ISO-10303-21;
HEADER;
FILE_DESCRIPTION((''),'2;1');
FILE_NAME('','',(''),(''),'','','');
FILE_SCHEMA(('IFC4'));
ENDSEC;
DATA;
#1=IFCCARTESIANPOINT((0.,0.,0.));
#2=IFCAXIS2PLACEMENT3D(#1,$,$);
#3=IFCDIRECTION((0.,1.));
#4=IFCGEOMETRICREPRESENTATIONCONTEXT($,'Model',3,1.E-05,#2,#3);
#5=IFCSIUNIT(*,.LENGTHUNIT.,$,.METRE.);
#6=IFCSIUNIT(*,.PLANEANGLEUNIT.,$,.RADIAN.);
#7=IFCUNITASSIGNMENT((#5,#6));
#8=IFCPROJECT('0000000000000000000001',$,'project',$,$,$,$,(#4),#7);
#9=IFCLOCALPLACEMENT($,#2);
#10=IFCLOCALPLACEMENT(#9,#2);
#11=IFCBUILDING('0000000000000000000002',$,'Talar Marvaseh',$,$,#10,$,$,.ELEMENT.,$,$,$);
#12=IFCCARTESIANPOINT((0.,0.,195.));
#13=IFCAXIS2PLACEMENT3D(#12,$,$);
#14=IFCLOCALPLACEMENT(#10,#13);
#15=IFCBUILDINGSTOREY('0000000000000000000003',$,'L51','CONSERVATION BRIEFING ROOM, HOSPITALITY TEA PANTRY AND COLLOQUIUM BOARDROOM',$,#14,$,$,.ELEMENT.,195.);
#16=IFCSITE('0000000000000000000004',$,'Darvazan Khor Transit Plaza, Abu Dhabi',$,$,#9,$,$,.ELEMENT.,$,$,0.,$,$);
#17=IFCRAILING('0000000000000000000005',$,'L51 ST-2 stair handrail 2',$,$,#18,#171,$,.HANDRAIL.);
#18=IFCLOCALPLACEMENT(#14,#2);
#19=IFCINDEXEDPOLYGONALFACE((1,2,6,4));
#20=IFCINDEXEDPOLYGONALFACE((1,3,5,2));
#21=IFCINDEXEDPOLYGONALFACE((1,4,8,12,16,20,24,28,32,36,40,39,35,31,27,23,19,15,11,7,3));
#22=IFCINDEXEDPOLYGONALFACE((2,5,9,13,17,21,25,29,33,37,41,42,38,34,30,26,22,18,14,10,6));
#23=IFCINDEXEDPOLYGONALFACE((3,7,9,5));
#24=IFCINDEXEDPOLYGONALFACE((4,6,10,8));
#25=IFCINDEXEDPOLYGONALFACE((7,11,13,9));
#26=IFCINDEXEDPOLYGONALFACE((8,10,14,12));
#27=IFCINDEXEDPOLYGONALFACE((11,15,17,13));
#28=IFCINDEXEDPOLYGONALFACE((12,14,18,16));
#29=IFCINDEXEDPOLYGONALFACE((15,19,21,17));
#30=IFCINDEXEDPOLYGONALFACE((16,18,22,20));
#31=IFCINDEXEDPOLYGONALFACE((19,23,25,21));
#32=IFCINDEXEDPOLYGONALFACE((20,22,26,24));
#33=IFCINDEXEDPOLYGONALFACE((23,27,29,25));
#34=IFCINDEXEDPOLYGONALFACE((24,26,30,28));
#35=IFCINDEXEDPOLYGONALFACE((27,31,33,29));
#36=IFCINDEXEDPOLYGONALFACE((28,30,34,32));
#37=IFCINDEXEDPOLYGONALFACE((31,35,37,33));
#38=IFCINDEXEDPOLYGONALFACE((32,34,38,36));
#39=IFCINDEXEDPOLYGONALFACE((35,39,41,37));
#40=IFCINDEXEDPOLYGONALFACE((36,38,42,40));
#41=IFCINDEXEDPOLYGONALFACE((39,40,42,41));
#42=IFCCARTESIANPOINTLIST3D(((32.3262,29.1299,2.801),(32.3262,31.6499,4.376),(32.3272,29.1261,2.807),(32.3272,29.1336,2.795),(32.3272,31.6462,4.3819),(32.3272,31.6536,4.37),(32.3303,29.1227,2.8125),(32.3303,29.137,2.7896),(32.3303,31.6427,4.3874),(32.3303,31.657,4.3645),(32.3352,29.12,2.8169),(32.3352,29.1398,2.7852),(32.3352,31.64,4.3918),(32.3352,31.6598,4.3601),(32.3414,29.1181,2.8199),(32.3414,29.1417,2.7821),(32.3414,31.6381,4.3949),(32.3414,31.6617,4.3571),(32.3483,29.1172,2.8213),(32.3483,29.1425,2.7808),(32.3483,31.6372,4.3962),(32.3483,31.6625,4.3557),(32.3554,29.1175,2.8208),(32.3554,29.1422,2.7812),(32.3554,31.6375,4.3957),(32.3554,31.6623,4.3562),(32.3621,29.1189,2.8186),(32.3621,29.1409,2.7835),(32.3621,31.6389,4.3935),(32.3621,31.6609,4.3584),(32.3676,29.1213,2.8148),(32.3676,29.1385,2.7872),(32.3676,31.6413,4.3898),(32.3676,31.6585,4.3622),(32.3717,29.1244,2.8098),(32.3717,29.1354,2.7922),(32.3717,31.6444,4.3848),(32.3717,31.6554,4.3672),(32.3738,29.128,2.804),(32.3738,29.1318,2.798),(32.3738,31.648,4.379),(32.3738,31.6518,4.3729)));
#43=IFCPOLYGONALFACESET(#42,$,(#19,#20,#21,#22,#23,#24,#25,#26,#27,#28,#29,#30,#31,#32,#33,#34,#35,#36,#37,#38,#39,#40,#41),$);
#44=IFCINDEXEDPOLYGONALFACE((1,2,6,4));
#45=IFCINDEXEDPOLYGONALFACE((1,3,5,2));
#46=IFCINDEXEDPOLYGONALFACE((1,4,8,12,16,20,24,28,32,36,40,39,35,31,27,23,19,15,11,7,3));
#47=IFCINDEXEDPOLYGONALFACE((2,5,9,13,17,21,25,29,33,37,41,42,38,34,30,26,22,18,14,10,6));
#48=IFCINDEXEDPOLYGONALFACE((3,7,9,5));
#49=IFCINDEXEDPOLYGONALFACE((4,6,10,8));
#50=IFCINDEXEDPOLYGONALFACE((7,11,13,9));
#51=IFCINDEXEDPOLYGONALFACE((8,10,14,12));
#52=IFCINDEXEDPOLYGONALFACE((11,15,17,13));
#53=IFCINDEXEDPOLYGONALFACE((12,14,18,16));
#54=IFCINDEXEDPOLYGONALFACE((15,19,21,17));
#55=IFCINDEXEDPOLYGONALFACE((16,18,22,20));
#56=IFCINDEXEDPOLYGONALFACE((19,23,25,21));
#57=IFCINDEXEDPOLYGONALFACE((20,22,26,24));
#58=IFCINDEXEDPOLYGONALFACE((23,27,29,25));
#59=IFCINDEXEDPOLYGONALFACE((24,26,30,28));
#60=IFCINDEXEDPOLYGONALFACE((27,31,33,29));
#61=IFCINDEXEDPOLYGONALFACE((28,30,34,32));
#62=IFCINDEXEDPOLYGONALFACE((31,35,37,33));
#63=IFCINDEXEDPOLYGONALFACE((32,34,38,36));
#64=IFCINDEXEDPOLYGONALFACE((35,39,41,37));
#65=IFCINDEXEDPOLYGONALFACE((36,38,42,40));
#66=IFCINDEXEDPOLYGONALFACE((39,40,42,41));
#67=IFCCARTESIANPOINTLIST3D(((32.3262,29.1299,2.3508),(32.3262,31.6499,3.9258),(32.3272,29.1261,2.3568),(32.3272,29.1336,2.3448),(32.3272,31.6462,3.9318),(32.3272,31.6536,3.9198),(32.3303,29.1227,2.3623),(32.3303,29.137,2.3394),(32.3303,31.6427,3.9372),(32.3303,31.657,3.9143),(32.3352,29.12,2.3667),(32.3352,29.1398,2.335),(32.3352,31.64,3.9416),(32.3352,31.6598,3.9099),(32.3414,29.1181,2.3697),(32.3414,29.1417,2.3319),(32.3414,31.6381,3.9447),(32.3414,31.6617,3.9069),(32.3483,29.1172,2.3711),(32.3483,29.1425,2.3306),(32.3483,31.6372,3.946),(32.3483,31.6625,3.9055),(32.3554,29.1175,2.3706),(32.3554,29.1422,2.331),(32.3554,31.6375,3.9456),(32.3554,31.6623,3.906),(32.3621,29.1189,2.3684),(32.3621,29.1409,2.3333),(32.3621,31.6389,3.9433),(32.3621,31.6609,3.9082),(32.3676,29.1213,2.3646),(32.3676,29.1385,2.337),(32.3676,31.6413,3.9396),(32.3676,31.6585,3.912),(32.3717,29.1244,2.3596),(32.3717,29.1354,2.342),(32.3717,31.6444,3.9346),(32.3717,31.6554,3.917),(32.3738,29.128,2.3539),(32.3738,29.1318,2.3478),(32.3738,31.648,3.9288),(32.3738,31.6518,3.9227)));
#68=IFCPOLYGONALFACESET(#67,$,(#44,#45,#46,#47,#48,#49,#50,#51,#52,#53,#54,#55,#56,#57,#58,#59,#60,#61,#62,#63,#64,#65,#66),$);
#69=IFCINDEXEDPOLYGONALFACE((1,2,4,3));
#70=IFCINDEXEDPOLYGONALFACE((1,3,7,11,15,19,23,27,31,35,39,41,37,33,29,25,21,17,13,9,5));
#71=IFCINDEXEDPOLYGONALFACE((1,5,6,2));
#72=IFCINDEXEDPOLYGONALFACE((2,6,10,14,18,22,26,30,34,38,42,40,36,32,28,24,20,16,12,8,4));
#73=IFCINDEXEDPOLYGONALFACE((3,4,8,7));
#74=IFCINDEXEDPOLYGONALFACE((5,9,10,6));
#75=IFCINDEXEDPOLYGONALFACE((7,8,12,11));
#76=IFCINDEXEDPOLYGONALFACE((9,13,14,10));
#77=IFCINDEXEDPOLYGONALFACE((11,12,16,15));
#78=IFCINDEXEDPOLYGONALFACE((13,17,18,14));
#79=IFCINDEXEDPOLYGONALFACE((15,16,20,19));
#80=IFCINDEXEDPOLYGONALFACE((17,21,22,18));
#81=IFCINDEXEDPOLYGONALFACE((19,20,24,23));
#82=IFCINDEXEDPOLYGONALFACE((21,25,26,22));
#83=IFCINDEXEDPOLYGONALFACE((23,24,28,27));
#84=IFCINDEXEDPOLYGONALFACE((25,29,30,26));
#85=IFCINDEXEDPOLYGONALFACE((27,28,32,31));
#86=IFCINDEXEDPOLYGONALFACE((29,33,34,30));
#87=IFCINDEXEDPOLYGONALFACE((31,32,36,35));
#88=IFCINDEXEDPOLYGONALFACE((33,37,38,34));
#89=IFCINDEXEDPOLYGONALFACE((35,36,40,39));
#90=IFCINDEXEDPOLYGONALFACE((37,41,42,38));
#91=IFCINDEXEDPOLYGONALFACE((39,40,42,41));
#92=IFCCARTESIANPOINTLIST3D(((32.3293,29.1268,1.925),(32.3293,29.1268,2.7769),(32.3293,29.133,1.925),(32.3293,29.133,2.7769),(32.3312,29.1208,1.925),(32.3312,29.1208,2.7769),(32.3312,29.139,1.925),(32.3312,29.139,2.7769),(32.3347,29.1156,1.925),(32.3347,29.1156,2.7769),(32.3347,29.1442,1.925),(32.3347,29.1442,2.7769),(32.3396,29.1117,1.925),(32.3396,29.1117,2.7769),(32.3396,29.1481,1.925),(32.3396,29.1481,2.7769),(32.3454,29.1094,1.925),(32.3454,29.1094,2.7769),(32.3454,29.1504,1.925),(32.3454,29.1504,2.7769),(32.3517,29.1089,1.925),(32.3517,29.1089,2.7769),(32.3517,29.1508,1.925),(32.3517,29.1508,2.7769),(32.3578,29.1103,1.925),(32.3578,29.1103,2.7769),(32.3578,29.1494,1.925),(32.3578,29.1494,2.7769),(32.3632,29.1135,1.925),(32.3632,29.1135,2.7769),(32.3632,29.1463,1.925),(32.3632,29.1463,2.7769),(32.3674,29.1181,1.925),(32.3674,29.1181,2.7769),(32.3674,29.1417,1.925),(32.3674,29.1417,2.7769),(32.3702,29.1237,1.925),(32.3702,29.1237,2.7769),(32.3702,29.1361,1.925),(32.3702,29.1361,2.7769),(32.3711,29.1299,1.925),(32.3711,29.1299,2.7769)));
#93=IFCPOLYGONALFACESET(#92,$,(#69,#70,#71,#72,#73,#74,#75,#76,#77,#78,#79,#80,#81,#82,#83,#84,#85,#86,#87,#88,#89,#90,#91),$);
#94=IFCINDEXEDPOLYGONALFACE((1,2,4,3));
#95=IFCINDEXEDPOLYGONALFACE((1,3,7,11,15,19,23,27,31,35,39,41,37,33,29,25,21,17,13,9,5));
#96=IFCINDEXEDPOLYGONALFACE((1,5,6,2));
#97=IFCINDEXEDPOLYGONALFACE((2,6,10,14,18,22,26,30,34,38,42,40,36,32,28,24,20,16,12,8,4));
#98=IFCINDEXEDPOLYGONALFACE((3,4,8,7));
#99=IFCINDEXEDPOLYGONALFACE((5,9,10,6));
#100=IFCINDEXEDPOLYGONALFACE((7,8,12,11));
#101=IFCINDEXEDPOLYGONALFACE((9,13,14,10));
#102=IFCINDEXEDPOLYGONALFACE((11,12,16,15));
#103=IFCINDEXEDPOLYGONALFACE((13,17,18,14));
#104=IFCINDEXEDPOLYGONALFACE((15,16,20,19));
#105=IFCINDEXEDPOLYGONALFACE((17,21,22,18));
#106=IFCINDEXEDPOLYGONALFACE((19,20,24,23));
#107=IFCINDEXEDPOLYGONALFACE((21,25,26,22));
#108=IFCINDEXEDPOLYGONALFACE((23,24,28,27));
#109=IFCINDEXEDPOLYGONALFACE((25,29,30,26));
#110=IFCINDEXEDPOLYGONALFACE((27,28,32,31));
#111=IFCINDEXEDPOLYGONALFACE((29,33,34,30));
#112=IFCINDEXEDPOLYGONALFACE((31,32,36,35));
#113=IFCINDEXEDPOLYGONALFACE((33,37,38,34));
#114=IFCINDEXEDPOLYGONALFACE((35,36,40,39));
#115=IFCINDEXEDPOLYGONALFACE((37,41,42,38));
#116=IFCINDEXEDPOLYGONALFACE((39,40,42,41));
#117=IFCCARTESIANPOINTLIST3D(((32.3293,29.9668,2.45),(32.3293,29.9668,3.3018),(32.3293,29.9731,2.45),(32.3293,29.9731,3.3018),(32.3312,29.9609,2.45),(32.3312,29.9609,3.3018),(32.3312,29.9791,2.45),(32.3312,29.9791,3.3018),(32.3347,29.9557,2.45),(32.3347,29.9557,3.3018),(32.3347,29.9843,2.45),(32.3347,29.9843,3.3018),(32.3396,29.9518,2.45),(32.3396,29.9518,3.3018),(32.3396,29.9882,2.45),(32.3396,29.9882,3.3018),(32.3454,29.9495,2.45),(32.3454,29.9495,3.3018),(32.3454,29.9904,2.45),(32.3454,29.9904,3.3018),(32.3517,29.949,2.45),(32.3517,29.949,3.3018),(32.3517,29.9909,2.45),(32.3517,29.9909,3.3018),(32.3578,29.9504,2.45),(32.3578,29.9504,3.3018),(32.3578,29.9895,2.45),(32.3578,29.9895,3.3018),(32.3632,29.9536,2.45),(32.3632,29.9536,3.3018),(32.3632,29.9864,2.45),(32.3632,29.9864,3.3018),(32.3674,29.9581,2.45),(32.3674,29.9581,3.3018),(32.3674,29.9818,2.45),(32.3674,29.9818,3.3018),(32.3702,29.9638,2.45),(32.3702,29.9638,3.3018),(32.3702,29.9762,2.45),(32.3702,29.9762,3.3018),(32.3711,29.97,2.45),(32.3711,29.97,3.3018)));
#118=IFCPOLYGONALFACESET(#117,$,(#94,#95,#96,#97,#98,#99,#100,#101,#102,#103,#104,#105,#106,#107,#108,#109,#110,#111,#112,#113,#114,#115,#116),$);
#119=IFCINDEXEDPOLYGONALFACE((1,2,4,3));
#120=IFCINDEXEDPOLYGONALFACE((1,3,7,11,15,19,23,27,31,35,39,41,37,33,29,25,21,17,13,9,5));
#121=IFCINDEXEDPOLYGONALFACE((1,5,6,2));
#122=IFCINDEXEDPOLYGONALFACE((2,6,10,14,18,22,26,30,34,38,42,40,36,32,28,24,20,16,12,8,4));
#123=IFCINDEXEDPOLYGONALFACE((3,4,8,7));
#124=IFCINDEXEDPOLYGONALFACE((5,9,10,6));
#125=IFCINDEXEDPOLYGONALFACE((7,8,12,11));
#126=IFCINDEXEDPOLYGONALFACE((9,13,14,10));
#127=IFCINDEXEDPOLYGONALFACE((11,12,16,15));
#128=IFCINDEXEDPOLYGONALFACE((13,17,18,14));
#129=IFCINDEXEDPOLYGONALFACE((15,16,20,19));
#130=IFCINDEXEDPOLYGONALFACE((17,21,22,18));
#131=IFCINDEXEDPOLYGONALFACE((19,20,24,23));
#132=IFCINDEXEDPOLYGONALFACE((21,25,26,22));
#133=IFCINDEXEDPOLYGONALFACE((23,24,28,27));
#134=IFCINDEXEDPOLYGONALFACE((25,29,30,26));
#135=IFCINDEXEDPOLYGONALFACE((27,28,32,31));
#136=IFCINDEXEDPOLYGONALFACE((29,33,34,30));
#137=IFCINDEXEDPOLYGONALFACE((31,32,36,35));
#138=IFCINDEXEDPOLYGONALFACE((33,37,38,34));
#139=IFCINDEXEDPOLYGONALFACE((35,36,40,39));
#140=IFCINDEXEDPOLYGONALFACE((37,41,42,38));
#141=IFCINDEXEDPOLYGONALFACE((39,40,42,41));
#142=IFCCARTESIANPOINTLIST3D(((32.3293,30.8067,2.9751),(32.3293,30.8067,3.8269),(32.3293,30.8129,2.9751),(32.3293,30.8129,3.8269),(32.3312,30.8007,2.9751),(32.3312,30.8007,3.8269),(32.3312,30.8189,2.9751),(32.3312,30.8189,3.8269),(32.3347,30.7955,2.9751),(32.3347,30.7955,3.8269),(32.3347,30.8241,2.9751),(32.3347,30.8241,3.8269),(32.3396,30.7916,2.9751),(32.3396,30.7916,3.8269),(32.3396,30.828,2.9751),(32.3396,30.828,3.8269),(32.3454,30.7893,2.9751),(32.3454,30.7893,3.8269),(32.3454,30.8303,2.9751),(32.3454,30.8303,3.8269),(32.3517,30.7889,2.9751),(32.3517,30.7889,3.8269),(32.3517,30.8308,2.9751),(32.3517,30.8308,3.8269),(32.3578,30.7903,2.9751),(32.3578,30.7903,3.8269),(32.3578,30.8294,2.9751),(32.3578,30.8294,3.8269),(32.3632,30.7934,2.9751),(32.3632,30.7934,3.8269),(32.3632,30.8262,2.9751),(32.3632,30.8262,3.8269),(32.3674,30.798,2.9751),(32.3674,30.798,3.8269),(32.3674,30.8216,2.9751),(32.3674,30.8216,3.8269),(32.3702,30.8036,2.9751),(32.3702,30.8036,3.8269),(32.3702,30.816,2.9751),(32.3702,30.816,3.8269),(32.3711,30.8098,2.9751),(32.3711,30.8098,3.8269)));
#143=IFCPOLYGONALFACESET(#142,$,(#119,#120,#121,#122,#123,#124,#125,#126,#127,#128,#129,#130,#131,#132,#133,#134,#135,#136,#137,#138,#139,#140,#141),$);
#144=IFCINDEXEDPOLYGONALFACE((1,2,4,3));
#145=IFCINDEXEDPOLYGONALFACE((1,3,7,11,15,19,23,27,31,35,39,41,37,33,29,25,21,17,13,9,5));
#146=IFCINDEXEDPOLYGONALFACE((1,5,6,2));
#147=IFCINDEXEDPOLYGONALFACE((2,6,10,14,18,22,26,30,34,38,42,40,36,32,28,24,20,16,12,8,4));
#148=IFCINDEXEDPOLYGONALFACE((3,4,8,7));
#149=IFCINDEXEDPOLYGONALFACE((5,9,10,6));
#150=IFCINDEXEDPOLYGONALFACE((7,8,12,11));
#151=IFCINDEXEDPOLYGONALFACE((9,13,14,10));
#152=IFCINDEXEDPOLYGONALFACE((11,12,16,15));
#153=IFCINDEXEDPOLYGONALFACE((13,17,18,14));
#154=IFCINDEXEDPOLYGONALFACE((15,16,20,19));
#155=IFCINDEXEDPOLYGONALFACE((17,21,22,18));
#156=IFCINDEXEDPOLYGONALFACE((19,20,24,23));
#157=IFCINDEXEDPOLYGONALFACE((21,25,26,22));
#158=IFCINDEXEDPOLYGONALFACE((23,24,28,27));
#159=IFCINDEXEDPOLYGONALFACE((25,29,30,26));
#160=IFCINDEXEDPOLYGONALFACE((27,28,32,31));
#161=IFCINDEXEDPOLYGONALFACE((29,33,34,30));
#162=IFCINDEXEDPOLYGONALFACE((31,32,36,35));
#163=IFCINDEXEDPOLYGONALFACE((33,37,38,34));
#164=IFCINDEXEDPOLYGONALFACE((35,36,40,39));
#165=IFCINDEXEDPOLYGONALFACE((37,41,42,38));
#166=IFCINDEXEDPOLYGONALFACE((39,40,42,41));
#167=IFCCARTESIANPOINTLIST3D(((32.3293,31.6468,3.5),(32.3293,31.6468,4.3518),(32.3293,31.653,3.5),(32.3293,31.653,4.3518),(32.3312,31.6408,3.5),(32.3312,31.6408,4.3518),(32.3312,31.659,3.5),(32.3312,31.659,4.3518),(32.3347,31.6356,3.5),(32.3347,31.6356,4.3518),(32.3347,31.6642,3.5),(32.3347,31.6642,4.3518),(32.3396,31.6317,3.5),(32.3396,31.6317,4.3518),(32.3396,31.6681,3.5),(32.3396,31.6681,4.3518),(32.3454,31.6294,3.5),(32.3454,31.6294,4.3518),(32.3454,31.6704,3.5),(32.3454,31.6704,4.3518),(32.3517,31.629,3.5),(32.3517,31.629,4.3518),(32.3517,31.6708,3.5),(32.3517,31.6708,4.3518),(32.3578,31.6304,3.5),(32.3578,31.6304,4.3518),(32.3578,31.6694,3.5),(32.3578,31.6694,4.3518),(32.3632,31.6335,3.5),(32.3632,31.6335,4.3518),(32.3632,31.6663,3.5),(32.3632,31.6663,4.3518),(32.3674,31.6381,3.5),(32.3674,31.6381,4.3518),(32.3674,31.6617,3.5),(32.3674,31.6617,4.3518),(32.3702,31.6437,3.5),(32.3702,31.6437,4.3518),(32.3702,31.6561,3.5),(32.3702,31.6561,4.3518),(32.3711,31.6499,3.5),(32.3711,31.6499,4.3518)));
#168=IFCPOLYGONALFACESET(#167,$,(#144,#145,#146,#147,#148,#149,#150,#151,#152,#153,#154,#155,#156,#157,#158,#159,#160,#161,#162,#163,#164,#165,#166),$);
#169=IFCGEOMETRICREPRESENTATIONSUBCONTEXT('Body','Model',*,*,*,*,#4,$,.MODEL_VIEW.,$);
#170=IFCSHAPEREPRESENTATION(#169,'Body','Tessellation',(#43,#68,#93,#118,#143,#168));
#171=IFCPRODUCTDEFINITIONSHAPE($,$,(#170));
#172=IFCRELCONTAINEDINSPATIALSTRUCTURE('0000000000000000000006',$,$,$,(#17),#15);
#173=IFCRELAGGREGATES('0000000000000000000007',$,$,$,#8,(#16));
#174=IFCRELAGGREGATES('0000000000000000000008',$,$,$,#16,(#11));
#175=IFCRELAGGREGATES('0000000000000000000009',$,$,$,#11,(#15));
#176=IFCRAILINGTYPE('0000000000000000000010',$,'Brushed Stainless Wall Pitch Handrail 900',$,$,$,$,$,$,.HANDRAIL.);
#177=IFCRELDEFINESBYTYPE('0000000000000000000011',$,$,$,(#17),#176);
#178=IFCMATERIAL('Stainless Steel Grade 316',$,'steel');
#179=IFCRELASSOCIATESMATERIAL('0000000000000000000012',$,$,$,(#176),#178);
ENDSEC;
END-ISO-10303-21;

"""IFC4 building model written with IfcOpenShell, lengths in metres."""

from ifc_helpers import new_model, si_unit, direction, frame, origin, origin_2d, place, context, subcontext, project, spatial, circle, extrude, material, type_object, element, save


model = new_model("IFC4")

# Units and contexts
model_context = context("Model", 3, precision=1e-05, world=origin(), true_north=direction((0.0, 1.0)))
body_context = subcontext(model_context, "Body", "Model", "MODEL_VIEW")
ifc_project = project(units=[si_unit("LENGTHUNIT", "METRE"), si_unit("PLANEANGLEUNIT", "RADIAN")], contexts=[model_context])

# Site, building, storey
site_placement = place(None, origin())
site = spatial("IfcSite", under=ifc_project, at=site_placement, Name="Darvazan Khor Transit Plaza, Abu Dhabi", CompositionType="ELEMENT", RefElevation=0.0)
building_placement = place(site_placement, origin())
building = spatial("IfcBuilding", under=site, at=building_placement, Name="Talar Marvaseh", CompositionType="ELEMENT")
storey_placement = place(building_placement, frame((0.0, 0.0, 195.0)))
storey = spatial("IfcBuildingStorey", under=building, at=storey_placement, Name="L51", Description="CONSERVATION BRIEFING ROOM, HOSPITALITY TEA PANTRY AND COLLOQUIUM BOARDROOM", CompositionType="ELEMENT", Elevation=195.0)

# Shared definitions
ifc_material_1 = material(Name="Stainless Steel Grade 316", Category="steel")

# Railing
railing_type_1 = type_object("IfcRailingType", Name="Brushed Stainless Wall Pitch Handrail 900", PredefinedType="HANDRAIL", material=ifc_material_1)
railing_1_placement = place(storey_placement, frame((32.3501, 29.1299, 1.925)))
element("IfcRailing", 1, at=railing_1_placement, inside=storey, type_object=railing_type_1, Name="L51 ST-2 stair handrail 2", PredefinedType="HANDRAIL", context=body_context, shape_type="SweptSolid", body=[
    extrude(circle(Radius=0.0239, at=origin_2d()), frame((0.0, 0.0, 0.876), z_axis=(0.0, 0.848008, 0.529984), x_axis=(-1.0, 0.0, 0.0)), (0.0, 0.0, 1.0), 2.9717),
    extrude(circle(Radius=0.0239, at=origin_2d()), frame((0.0, 0.0, 0.4258), z_axis=(0.0, 0.848008, 0.529984), x_axis=(-1.0, 0.0, 0.0)), (0.0, 0.0, 1.0), 2.9717),
    extrude(circle(Radius=0.021, at=origin_2d()), origin(), (0.0, 0.0, 1.0), 0.8518),
    extrude(circle(Radius=0.021, at=origin_2d()), frame((0.0, 0.8401, 0.5249)), (0.0, 0.0, 1.0), 0.8518),
    extrude(circle(Radius=0.021, at=origin_2d()), frame((0.0, 1.6799, 1.05)), (0.0, 0.0, 1.0), 0.8518),
    extrude(circle(Radius=0.021, at=origin_2d()), frame((0.0, 2.52, 1.575)), (0.0, 0.0, 1.0), 0.8518),
])

save(model, "model.ifc")
